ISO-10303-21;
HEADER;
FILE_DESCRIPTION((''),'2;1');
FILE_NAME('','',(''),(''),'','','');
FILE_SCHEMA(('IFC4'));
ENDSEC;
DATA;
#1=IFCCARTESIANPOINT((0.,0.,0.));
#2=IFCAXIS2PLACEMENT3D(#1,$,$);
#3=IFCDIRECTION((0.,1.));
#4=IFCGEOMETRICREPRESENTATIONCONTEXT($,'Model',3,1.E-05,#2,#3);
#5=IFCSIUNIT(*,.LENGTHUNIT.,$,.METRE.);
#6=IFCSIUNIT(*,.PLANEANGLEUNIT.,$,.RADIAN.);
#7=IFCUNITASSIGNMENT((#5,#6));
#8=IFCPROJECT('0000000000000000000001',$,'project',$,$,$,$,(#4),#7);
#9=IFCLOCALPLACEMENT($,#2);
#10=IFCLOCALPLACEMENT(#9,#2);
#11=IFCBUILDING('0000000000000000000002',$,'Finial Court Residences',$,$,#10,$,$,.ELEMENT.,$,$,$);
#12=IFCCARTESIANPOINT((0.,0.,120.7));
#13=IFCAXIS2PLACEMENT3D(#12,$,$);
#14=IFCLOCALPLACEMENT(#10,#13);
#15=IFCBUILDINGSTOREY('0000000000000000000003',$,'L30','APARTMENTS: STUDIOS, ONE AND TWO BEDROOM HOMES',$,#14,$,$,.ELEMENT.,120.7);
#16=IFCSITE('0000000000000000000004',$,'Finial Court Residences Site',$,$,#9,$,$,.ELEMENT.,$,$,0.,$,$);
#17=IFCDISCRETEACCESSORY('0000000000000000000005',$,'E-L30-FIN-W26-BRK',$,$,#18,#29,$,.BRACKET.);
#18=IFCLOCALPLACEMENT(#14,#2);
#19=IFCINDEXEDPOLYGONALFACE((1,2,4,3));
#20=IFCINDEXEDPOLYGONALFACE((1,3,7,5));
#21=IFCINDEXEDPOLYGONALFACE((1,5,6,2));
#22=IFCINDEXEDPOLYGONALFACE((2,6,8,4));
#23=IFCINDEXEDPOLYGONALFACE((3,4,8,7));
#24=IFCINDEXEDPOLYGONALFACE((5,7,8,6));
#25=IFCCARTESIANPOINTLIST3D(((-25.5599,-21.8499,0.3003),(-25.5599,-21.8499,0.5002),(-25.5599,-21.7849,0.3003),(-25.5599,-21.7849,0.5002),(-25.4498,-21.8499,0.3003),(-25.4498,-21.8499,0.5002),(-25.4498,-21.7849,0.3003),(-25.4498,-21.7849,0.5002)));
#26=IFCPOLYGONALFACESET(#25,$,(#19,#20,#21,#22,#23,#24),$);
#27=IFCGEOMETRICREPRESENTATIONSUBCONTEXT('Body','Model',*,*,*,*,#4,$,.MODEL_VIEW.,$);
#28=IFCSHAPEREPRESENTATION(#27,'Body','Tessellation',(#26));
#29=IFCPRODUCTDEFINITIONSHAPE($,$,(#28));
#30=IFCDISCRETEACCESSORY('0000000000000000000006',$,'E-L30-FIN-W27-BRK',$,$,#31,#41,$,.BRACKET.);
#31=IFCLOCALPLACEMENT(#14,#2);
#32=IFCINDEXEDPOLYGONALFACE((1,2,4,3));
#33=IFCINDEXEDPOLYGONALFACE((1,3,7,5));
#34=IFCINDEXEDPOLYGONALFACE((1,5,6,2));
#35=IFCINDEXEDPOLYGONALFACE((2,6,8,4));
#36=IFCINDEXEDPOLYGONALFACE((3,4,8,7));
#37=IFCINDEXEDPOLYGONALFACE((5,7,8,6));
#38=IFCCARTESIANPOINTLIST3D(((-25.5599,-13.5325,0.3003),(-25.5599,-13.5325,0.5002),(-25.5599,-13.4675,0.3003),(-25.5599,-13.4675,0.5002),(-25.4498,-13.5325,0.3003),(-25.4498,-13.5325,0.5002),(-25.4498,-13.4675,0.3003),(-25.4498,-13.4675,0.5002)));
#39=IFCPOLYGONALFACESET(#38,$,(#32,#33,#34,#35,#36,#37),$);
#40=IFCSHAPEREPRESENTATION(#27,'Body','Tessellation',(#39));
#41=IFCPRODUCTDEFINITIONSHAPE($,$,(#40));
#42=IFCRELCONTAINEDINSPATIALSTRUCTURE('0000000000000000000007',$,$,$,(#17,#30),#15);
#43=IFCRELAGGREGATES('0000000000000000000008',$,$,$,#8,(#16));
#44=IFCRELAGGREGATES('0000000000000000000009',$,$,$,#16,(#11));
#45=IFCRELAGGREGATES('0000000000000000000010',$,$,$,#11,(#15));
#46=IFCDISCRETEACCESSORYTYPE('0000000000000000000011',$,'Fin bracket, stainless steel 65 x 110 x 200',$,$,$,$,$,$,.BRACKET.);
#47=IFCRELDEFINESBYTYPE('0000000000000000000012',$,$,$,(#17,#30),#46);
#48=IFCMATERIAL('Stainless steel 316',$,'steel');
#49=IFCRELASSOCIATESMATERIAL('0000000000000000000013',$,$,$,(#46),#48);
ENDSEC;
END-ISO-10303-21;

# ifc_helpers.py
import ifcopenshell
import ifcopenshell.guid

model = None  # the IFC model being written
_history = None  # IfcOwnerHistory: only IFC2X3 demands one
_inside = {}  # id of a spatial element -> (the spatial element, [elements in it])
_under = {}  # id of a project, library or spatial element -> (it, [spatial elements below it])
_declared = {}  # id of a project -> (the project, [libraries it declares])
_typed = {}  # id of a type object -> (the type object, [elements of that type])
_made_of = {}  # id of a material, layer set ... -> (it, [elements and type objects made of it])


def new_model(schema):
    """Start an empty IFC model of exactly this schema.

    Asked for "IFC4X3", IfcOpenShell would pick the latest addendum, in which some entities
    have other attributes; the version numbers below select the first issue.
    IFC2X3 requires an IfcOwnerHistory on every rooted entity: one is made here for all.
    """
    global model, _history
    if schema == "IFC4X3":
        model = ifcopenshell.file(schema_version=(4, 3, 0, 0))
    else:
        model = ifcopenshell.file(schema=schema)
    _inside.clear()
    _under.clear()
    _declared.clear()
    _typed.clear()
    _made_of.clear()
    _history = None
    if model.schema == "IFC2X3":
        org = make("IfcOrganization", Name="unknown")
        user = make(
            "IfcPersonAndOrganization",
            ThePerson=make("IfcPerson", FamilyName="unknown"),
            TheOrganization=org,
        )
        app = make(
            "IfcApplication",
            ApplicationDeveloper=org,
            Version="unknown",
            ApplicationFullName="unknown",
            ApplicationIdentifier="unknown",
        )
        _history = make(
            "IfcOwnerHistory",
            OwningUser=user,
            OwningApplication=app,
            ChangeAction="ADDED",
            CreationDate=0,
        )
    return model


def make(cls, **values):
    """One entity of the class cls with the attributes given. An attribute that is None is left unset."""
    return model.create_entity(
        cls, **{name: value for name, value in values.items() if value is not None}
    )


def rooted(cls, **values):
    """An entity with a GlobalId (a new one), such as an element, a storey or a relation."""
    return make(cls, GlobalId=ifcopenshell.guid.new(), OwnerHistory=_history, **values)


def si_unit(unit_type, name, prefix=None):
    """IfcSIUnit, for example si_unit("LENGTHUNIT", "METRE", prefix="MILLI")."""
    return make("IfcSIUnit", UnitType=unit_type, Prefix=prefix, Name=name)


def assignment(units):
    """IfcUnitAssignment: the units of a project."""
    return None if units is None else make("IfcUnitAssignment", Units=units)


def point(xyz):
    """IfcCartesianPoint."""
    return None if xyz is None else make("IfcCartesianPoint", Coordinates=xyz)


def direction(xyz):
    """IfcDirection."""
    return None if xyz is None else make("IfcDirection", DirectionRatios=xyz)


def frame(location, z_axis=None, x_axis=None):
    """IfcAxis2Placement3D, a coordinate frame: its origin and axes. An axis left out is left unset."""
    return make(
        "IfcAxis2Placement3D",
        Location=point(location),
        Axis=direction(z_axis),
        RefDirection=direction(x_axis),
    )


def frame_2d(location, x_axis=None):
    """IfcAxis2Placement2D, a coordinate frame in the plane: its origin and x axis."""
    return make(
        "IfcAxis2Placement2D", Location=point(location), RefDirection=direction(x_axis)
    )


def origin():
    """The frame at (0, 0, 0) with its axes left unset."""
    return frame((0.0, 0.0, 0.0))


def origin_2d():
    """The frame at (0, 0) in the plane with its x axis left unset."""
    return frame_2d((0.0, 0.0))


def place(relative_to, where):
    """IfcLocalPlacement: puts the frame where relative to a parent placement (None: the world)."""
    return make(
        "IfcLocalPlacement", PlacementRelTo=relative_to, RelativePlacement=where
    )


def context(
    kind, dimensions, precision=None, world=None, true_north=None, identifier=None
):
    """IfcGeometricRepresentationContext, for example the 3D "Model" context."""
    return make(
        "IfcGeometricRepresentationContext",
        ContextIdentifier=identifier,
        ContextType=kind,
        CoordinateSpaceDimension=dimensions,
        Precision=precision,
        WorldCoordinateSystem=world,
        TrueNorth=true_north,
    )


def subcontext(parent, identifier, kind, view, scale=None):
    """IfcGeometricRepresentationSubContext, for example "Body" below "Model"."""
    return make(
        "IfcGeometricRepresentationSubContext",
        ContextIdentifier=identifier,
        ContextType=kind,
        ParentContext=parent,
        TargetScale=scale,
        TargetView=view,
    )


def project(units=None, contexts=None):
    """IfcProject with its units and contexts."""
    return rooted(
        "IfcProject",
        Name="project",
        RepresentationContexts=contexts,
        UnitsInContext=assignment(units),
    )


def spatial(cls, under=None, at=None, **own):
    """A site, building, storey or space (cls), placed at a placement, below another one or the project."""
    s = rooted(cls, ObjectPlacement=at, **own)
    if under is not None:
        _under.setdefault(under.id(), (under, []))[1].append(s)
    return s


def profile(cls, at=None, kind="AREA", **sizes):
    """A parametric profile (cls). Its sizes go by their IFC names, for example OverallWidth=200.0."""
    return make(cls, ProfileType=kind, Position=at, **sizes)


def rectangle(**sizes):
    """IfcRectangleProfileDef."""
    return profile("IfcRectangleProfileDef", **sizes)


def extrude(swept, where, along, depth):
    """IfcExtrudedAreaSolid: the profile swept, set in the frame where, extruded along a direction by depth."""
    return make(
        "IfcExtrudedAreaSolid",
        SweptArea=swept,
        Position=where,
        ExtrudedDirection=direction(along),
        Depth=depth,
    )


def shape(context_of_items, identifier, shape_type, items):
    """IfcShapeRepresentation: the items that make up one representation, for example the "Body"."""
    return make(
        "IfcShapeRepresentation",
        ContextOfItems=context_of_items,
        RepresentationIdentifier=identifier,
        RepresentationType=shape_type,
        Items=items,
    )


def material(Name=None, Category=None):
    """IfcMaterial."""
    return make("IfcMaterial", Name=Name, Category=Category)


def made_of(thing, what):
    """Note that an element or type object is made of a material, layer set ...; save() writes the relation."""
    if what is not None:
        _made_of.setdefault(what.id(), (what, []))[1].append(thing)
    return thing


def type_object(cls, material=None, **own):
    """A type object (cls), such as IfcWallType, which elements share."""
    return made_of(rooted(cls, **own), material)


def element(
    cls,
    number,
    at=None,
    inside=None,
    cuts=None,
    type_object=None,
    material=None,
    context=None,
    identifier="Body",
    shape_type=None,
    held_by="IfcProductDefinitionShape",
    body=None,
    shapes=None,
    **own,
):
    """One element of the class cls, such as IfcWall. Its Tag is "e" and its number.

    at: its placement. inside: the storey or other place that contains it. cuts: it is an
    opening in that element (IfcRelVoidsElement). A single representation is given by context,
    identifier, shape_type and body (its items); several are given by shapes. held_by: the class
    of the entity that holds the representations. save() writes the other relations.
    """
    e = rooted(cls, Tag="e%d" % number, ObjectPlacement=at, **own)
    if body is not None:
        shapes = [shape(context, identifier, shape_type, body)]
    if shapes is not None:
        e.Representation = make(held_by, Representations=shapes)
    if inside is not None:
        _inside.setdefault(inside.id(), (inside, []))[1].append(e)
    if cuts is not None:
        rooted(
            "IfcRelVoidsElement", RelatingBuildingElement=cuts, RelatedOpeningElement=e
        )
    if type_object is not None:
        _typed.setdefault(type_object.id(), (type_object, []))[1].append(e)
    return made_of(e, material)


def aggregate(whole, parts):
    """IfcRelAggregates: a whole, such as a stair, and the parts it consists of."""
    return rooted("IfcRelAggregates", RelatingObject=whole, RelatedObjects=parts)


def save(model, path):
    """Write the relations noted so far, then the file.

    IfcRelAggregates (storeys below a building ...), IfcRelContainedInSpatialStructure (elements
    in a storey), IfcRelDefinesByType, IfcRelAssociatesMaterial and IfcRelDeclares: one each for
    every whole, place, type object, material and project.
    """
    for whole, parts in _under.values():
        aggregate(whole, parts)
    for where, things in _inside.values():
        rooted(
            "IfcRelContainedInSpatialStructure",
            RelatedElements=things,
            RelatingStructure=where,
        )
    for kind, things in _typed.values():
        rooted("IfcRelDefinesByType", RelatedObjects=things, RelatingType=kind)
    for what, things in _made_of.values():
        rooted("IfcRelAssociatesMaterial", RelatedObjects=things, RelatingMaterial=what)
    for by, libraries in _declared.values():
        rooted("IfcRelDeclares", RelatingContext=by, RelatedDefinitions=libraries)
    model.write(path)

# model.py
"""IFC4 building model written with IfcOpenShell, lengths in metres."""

from ifc_helpers import new_model, si_unit, direction, frame, origin, origin_2d, place, context, subcontext, project, spatial, rectangle, extrude, material, type_object, element, save


model = new_model("IFC4")

# Units and contexts
model_context = context("Model", 3, precision=1e-05, world=origin(), true_north=direction((0.0, 1.0)))
body_context = subcontext(model_context, "Body", "Model", "MODEL_VIEW")
ifc_project = project(units=[si_unit("LENGTHUNIT", "METRE"), si_unit("PLANEANGLEUNIT", "RADIAN")], contexts=[model_context])

# Site, building, storey
site_placement = place(None, origin())
site = spatial("IfcSite", under=ifc_project, at=site_placement, Name="Finial Court Residences Site", CompositionType="ELEMENT", RefElevation=0.0)
building_placement = place(site_placement, origin())
building = spatial("IfcBuilding", under=site, at=building_placement, Name="Finial Court Residences", CompositionType="ELEMENT")
storey_placement = place(building_placement, frame((0.0, 0.0, 120.7)))
storey = spatial("IfcBuildingStorey", under=building, at=storey_placement, Name="L30", Description="APARTMENTS: STUDIOS, ONE AND TWO BEDROOM HOMES", CompositionType="ELEMENT", Elevation=120.7)

# Discrete accessories
ifc_material_1 = material(Name="Stainless steel 316", Category="steel")
discrete_accessory_type = type_object("IfcDiscreteAccessoryType", Name="Fin bracket, stainless steel 65 x 110 x 200", PredefinedType="BRACKET", material=ifc_material_1)
for number, where, z_axis, x_axis, name in (
    (1, (-25.5049, -21.8174, 0.3003), (0.0, 0.0, 1.0), (1.0, 0.0, 0.0), "E-L30-FIN-W26-BRK"),
    (2, (-25.5049, -13.5, 0.3003), (0.0, 0.0, 1.0), (1.0, 0.0, 0.0), "E-L30-FIN-W27-BRK"),
):
    element("IfcDiscreteAccessory", number, at=place(storey_placement, frame(where, z_axis=z_axis, x_axis=x_axis)), inside=storey, type_object=discrete_accessory_type, Name=name, PredefinedType="BRACKET", context=body_context, shape_type="SweptSolid", body=[
        extrude(rectangle(XDim=0.1101, YDim=0.0649, at=origin_2d()), origin(), (0.0, 0.0, 1.0), 0.2),
    ])

save(model, "model.ifc")
